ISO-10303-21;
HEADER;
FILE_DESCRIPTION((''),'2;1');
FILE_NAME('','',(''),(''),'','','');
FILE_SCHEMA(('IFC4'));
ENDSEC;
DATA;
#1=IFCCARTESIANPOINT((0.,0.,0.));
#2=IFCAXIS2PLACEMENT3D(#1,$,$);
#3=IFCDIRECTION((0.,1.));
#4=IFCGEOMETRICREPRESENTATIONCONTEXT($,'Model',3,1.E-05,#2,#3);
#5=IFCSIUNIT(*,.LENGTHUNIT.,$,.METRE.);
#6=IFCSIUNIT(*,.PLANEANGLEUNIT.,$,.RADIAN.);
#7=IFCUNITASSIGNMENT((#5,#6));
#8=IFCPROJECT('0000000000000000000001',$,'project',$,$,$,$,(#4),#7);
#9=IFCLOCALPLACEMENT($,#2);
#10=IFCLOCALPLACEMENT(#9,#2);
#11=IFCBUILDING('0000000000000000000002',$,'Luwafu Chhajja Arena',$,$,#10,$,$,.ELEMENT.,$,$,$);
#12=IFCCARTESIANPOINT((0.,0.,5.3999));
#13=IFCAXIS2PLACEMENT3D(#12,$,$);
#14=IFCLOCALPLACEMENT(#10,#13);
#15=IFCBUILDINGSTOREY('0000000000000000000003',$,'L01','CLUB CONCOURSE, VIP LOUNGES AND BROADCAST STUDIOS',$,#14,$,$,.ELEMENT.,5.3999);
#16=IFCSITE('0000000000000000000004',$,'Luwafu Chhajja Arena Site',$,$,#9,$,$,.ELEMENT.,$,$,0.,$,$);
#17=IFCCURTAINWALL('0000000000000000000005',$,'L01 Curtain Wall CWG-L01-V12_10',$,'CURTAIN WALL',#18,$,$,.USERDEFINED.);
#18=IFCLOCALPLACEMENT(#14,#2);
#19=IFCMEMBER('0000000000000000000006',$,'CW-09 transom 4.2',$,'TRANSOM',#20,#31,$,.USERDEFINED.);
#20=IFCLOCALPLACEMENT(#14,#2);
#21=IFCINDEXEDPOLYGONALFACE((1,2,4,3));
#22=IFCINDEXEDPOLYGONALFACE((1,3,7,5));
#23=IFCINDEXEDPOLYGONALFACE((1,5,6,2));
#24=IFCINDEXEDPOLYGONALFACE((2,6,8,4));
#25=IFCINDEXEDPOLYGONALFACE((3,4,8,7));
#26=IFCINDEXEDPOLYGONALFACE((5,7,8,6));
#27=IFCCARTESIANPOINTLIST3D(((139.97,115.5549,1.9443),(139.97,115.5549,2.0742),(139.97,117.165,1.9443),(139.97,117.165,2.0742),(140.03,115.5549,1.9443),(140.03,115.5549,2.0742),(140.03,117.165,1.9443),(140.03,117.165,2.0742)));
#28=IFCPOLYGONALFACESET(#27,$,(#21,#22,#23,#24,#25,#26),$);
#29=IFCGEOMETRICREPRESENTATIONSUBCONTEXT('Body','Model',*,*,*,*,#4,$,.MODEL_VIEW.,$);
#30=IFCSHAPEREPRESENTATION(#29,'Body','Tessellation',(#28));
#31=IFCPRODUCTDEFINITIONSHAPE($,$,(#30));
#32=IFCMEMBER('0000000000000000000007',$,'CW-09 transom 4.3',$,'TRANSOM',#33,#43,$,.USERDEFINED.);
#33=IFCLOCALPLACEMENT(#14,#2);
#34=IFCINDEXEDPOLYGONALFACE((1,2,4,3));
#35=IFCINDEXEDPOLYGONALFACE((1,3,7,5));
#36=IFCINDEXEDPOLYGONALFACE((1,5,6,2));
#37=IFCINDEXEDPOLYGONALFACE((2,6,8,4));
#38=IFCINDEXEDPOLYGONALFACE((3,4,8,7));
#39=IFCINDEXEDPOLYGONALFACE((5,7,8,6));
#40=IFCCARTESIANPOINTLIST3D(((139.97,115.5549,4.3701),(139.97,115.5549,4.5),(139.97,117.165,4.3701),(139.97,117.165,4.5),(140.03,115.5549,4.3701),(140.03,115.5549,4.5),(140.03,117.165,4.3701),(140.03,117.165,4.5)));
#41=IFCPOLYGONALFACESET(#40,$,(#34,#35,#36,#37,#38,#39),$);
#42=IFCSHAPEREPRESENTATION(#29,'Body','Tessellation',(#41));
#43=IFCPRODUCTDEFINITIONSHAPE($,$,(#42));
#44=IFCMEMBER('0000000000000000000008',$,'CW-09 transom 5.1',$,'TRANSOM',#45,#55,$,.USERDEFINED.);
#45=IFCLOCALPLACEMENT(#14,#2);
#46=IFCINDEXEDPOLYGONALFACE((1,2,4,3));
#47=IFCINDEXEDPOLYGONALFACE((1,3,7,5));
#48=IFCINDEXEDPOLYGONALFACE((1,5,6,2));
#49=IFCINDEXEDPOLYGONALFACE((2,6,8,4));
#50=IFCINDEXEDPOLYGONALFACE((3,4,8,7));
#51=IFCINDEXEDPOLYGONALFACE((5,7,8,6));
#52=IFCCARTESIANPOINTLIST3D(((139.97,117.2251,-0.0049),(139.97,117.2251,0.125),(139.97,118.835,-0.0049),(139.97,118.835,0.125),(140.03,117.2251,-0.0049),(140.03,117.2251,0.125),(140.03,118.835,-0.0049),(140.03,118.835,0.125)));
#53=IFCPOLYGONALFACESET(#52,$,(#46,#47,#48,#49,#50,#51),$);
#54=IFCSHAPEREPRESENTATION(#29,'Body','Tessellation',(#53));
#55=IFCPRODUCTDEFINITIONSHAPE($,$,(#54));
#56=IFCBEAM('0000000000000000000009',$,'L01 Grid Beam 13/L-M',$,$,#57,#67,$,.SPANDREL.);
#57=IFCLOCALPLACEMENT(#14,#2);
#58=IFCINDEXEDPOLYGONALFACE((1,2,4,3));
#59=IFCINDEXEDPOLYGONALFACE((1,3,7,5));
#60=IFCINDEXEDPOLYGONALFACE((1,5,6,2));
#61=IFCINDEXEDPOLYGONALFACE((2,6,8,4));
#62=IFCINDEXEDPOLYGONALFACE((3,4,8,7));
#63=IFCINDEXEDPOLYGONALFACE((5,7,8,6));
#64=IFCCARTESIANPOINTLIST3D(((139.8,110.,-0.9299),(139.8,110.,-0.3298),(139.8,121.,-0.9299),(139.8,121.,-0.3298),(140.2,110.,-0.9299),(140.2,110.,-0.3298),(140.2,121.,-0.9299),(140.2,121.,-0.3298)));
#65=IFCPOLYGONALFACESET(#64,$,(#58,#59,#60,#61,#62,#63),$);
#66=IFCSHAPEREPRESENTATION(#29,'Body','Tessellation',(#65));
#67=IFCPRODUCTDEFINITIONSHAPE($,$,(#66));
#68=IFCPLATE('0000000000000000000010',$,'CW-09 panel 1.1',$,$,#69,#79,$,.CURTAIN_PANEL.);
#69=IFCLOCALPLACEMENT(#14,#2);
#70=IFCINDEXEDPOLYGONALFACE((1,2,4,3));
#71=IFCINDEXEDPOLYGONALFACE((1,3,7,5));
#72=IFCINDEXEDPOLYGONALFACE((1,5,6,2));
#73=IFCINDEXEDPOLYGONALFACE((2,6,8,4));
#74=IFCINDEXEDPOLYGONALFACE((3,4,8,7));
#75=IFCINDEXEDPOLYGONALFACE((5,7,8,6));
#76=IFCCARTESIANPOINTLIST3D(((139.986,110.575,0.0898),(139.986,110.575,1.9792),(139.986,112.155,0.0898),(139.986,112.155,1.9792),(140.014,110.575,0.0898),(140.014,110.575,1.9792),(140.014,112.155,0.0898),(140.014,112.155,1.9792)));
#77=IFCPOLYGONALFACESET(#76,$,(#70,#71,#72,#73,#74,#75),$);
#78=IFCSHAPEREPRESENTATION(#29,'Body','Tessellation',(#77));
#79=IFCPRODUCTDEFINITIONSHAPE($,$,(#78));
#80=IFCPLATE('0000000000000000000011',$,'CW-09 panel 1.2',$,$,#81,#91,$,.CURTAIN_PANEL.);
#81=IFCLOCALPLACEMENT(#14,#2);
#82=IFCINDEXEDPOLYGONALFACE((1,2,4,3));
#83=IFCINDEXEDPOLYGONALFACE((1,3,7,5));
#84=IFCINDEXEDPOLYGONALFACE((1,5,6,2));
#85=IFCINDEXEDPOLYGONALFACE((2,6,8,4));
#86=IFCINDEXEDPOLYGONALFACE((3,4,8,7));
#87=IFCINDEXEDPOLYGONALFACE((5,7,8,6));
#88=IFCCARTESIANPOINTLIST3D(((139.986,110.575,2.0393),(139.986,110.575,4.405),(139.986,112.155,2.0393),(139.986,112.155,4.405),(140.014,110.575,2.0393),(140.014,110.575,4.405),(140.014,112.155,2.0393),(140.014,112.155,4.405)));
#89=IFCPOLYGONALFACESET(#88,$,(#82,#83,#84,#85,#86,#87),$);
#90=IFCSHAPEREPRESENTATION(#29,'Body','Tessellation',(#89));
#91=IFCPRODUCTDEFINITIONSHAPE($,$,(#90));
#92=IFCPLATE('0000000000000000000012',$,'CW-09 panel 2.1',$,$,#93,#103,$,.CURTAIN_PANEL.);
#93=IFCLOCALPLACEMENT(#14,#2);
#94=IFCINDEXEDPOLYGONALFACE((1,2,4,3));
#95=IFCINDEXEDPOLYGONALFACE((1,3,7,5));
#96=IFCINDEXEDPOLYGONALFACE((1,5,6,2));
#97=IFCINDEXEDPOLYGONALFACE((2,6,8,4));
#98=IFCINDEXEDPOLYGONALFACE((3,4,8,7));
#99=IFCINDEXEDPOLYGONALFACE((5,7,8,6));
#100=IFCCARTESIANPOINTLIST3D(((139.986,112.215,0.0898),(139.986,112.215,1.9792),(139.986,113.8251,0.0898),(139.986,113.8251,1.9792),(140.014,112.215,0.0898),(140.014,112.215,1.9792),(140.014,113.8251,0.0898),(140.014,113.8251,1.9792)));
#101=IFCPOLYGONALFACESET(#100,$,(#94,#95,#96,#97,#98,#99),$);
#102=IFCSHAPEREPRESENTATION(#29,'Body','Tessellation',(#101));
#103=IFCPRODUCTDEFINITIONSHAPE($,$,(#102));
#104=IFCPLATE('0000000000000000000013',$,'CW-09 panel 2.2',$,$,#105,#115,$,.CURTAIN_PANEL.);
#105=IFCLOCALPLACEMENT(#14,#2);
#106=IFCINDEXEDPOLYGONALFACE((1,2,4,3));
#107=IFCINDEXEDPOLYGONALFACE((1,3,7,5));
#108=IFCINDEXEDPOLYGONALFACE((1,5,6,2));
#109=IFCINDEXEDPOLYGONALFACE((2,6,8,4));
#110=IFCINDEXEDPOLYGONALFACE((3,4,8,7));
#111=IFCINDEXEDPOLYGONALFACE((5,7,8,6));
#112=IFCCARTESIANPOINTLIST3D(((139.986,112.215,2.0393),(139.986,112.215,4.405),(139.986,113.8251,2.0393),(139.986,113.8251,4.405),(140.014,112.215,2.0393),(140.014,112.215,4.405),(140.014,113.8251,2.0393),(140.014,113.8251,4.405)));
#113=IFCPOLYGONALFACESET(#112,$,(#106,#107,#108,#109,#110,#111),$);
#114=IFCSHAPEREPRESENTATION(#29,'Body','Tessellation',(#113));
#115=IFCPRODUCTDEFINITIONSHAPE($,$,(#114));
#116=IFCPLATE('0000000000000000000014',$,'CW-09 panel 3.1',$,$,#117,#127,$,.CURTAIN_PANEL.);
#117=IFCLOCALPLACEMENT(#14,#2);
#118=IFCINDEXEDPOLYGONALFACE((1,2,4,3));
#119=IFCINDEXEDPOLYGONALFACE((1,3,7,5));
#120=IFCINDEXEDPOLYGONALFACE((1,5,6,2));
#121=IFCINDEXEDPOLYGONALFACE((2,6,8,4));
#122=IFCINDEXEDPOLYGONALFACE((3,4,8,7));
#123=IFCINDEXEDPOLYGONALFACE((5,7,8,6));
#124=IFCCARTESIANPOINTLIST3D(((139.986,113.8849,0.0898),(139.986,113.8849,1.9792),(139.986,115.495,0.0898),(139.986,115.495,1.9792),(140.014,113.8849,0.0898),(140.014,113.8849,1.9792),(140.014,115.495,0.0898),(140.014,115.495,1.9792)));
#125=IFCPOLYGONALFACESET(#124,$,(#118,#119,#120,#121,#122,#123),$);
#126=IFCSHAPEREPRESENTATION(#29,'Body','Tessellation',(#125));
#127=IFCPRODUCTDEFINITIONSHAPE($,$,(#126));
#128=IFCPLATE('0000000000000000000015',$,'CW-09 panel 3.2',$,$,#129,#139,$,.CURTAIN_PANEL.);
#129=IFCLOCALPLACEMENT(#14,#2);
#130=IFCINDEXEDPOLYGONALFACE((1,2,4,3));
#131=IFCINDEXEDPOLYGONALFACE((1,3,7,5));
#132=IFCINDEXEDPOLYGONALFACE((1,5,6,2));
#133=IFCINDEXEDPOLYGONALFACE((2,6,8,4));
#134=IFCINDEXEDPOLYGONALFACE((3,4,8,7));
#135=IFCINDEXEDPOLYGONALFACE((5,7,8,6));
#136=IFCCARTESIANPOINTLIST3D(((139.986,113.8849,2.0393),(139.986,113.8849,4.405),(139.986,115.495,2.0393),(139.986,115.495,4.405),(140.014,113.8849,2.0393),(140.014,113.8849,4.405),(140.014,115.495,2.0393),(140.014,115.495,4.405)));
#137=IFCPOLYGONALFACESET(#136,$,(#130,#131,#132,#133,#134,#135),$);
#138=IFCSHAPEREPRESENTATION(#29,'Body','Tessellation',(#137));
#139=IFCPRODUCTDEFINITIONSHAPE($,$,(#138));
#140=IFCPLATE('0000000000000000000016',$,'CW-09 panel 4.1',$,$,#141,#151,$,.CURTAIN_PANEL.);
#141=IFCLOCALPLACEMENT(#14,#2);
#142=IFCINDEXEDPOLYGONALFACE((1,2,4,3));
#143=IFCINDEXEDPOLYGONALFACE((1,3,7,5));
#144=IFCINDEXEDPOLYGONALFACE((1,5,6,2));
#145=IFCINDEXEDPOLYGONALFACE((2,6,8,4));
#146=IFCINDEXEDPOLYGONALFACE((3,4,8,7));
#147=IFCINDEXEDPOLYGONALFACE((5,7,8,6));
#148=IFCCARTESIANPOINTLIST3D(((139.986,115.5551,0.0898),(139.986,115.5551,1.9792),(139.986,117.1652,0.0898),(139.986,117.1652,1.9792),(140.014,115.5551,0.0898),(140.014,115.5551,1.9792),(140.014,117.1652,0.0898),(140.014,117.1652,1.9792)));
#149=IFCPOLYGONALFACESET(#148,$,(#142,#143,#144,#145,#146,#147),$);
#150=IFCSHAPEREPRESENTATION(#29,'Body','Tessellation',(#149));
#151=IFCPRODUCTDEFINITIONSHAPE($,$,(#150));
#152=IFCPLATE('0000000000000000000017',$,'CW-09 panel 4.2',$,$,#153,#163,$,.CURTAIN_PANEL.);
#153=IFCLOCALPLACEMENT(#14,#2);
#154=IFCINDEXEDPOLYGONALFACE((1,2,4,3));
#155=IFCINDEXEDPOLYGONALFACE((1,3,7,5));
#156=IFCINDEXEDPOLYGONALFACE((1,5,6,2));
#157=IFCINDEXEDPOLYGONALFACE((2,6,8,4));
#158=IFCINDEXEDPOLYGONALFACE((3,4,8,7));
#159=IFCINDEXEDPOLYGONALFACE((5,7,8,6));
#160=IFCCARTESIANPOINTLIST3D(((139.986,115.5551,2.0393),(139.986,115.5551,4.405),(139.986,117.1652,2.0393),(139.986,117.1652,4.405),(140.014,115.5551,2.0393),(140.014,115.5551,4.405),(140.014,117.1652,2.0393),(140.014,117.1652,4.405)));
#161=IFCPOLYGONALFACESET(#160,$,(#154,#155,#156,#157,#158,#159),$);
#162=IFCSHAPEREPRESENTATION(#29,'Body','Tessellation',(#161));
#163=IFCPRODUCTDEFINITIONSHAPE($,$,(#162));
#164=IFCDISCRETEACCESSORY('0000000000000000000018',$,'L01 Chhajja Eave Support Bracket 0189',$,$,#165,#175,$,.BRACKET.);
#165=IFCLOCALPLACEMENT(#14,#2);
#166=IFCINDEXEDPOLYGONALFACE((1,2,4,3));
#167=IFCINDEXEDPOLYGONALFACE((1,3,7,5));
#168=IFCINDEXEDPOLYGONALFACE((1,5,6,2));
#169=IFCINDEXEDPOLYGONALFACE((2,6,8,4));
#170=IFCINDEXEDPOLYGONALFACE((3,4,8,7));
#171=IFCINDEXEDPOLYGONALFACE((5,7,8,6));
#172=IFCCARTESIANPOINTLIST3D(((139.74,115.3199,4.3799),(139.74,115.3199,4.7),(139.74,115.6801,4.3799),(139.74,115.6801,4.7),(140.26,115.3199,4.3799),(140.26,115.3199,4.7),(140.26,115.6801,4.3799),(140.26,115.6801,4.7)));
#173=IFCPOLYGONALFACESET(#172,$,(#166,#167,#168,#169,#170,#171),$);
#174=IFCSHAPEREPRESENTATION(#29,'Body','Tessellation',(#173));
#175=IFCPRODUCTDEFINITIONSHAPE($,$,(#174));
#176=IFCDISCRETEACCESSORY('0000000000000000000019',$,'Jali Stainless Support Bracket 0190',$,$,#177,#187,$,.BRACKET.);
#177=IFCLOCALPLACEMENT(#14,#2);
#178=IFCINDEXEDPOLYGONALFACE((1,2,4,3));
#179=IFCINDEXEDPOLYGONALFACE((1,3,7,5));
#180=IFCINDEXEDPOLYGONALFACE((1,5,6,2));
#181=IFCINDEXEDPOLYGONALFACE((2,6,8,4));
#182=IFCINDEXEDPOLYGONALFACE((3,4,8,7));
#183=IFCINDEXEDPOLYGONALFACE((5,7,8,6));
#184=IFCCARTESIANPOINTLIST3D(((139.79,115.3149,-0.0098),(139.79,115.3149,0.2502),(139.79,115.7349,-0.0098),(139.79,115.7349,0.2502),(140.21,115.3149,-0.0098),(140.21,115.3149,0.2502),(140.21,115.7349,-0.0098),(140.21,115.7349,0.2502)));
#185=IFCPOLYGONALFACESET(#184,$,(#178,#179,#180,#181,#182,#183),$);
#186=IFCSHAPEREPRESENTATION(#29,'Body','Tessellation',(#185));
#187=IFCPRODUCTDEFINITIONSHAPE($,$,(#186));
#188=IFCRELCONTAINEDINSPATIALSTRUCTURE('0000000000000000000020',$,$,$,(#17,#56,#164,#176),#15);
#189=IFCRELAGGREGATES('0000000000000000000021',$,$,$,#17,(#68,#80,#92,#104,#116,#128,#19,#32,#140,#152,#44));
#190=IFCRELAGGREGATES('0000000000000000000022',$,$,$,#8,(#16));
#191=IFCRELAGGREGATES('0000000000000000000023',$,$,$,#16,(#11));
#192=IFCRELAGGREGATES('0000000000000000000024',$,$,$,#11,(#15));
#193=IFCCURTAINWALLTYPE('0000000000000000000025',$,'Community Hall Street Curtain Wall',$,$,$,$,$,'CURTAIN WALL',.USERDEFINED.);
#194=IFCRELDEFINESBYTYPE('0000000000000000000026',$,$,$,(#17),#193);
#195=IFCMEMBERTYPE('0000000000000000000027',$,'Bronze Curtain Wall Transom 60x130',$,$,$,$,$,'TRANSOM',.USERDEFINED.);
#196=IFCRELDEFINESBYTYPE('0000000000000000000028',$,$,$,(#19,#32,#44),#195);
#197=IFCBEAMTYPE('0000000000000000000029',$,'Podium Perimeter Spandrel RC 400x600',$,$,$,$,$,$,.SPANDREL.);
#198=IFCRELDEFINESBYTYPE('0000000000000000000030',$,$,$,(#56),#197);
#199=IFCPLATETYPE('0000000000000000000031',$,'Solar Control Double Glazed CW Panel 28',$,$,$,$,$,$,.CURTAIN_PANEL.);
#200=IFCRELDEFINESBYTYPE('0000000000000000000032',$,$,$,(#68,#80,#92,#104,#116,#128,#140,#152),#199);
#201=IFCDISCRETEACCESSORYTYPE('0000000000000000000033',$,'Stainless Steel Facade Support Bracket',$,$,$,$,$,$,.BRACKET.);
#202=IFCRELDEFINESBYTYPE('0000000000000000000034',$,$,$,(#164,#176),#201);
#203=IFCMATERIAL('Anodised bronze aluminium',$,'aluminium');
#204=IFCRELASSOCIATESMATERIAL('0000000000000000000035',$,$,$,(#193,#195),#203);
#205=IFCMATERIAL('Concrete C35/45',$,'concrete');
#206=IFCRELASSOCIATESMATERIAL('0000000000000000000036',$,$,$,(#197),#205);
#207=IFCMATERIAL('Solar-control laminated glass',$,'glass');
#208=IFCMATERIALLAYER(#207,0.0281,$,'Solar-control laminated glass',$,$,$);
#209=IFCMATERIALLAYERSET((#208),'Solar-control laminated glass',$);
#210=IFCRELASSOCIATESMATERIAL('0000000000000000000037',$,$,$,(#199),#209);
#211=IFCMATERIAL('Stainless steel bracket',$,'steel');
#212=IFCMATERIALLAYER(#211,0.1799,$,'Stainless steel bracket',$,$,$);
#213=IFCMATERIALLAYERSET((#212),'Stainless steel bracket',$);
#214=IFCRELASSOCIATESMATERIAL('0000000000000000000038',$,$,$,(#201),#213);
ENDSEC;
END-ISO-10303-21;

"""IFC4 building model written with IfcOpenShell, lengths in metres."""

from ifc_helpers import new_model, si_unit, direction, frame, origin, origin_2d, place, context, subcontext, project, spatial, rectangle, extrude, material, layer, layer_set, material_profile, profile_set, type_object, element, aggregate, save


model = new_model("IFC4")

# Units and contexts
model_context = context("Model", 3, precision=1e-05, world=origin(), true_north=direction((0.0, 1.0)))
body_context = subcontext(model_context, "Body", "Model", "MODEL_VIEW")
ifc_project = project(units=[si_unit("LENGTHUNIT", "METRE"), si_unit("PLANEANGLEUNIT", "RADIAN")], contexts=[model_context])

# Site, building, storey
site_placement = place(None, origin())
site = spatial("IfcSite", under=ifc_project, at=site_placement, Name="Luwafu Chhajja Arena Site", CompositionType="ELEMENT", RefElevation=0.0)
building_placement = place(site_placement, origin())
building = spatial("IfcBuilding", under=site, at=building_placement, Name="Luwafu Chhajja Arena", CompositionType="ELEMENT")
storey_placement = place(building_placement, frame((0.0, 0.0, 5.3999)))
storey = spatial("IfcBuildingStorey", under=building, at=storey_placement, Name="L01", Description="CLUB CONCOURSE, VIP LOUNGES AND BROADCAST STUDIOS", CompositionType="ELEMENT", Elevation=5.3999)

# Curtain wall, members
ifc_material_1 = material(Name="Anodised bronze aluminium", Category="aluminium")
curtain_wall_type = type_object("IfcCurtainWallType", Name="Community Hall Street Curtain Wall", ElementType="CURTAIN WALL", PredefinedType="USERDEFINED", material=ifc_material_1)
curtain_wall_placement = place(storey_placement, origin())
curtain_wall = element("IfcCurtainWall", 1, at=curtain_wall_placement, inside=storey, type_object=curtain_wall_type, Name="L01 Curtain Wall CWG-L01-V12_10", ObjectType="CURTAIN WALL", PredefinedType="USERDEFINED")
ifc_material_profile_1 = material_profile(ifc_material_1, rectangle(XDim=0.0601, YDim=0.1299, at=origin_2d()), Name="CWT 60x130")
ifc_profile_set_1 = profile_set([ifc_material_profile_1], Name="Anodised bronze aluminium")
member_type_1 = type_object("IfcMemberType", Name="Bronze Curtain Wall Transom 60x130", ElementType="TRANSOM", PredefinedType="USERDEFINED", material=ifc_profile_set_1)
member_1_placement = place(storey_placement, frame((140.0, 115.5549, 2.0093), z_axis=(0.0, 1.0, 0.0), x_axis=(-1.0, 0.0, 0.0)))
member_1 = element("IfcMember", 2, at=member_1_placement, type_object=member_type_1, Name="CW-09 transom 4.2", ObjectType="TRANSOM", PredefinedType="USERDEFINED", context=body_context, shape_type="SweptSolid", body=[
    extrude(rectangle(XDim=0.0601, YDim=0.1299, at=origin_2d()), origin(), (0.0, 0.0, 1.0), 1.6101),
])
member_2_placement = place(storey_placement, frame((140.0, 115.5549, 4.4351), z_axis=(0.0, 1.0, 0.0), x_axis=(-1.0, 0.0, 0.0)))
member_2 = element("IfcMember", 3, at=member_2_placement, type_object=member_type_1, Name="CW-09 transom 4.3", ObjectType="TRANSOM", PredefinedType="USERDEFINED", context=body_context, shape_type="SweptSolid", body=[
    extrude(rectangle(XDim=0.0601, YDim=0.1299, at=origin_2d()), origin(), (0.0, 0.0, 1.0), 1.6101),
])
member_3_placement = place(storey_placement, frame((140.0, 117.2251, 0.0601), z_axis=(0.0, 1.0, 0.0), x_axis=(-1.0, 0.0, 0.0)))
member_3 = element("IfcMember", 4, at=member_3_placement, type_object=member_type_1, Name="CW-09 transom 5.1", ObjectType="TRANSOM", PredefinedType="USERDEFINED", context=body_context, shape_type="SweptSolid", body=[
    extrude(rectangle(XDim=0.0601, YDim=0.1299, at=origin_2d()), origin(), (0.0, 0.0, 1.0), 1.6099),
])

# Beam
ifc_material_2 = material(Name="Concrete C35/45", Category="concrete")
ifc_material_profile_2 = material_profile(ifc_material_2, rectangle(XDim=0.3999, YDim=0.6001, at=origin_2d()), Name="RC 400x600")
ifc_profile_set_2 = profile_set([ifc_material_profile_2], Name="Concrete C35/45")
beam_type = type_object("IfcBeamType", Name="Podium Perimeter Spandrel RC 400x600", PredefinedType="SPANDREL", material=ifc_profile_set_2)
beam_placement = place(storey_placement, frame((140.0, 110.0, -0.6299), z_axis=(0.0, 1.0, 0.0), x_axis=(-1.0, 0.0, 0.0)))
element("IfcBeam", 5, at=beam_placement, inside=storey, type_object=beam_type, Name="L01 Grid Beam 13/L-M", PredefinedType="SPANDREL", context=body_context, shape_type="SweptSolid", body=[
    extrude(rectangle(XDim=0.3999, YDim=0.6001, at=origin_2d()), origin(), (0.0, 0.0, 1.0), 11.0),
])

# Plates
ifc_material_3 = material(Name="Solar-control laminated glass", Category="glass")
ifc_layer_1 = layer(ifc_material_3, 0.0281, Name="Solar-control laminated glass")
ifc_layer_set_1 = layer_set([ifc_layer_1], Name="Solar-control laminated glass")
plate_type = type_object("IfcPlateType", Name="Solar Control Double Glazed CW Panel 28", PredefinedType="CURTAIN_PANEL", material=ifc_layer_set_1)
plate_1_placement = place(storey_placement, frame((140.0, 111.365, 0.0898), z_axis=(0.0, 0.0, 1.0), x_axis=(0.0, 1.0, 0.0)))
plate_1 = element("IfcPlate", 6, at=plate_1_placement, type_object=plate_type, Name="CW-09 panel 1.1", PredefinedType="CURTAIN_PANEL", context=body_context, shape_type="SweptSolid", body=[
    extrude(rectangle(XDim=1.5801, YDim=0.0281, at=origin_2d()), origin(), (0.0, 0.0, 1.0), 1.8894),
])
plate_2_placement = place(storey_placement, frame((140.0, 111.365, 2.0393), z_axis=(0.0, 0.0, 1.0), x_axis=(0.0, 1.0, 0.0)))
plate_2 = element("IfcPlate", 7, at=plate_2_placement, type_object=plate_type, Name="CW-09 panel 1.2", PredefinedType="CURTAIN_PANEL", context=body_context, shape_type="SweptSolid", body=[
    extrude(rectangle(XDim=1.5801, YDim=0.0281, at=origin_2d()), origin(), (0.0, 0.0, 1.0), 2.3657),
])
plate_3_placement = place(storey_placement, frame((140.0, 113.02, 0.0898), z_axis=(0.0, 0.0, 1.0), x_axis=(0.0, 1.0, 0.0)))
plate_3 = element("IfcPlate", 8, at=plate_3_placement, type_object=plate_type, Name="CW-09 panel 2.1", PredefinedType="CURTAIN_PANEL", context=body_context, shape_type="SweptSolid", body=[
    extrude(rectangle(XDim=1.6101, YDim=0.0281, at=origin_2d()), origin(), (0.0, 0.0, 1.0), 1.8894),
])
plate_4_placement = place(storey_placement, frame((140.0, 113.02, 2.0393), z_axis=(0.0, 0.0, 1.0), x_axis=(0.0, 1.0, 0.0)))
plate_4 = element("IfcPlate", 9, at=plate_4_placement, type_object=plate_type, Name="CW-09 panel 2.2", PredefinedType="CURTAIN_PANEL", context=body_context, shape_type="SweptSolid", body=[
    extrude(rectangle(XDim=1.6101, YDim=0.0281, at=origin_2d()), origin(), (0.0, 0.0, 1.0), 2.3657),
])
plate_5_placement = place(storey_placement, frame((140.0, 114.6899, 0.0898), z_axis=(0.0, 0.0, 1.0), x_axis=(0.0, 1.0, 0.0)))
plate_5 = element("IfcPlate", 10, at=plate_5_placement, type_object=plate_type, Name="CW-09 panel 3.1", PredefinedType="CURTAIN_PANEL", context=body_context, shape_type="SweptSolid", body=[
    extrude(rectangle(XDim=1.6101, YDim=0.0281, at=origin_2d()), origin(), (0.0, 0.0, 1.0), 1.8894),
])
plate_6_placement = place(storey_placement, frame((140.0, 114.6899, 2.0393), z_axis=(0.0, 0.0, 1.0), x_axis=(0.0, 1.0, 0.0)))
plate_6 = element("IfcPlate", 11, at=plate_6_placement, type_object=plate_type, Name="CW-09 panel 3.2", PredefinedType="CURTAIN_PANEL", context=body_context, shape_type="SweptSolid", body=[
    extrude(rectangle(XDim=1.6101, YDim=0.0281, at=origin_2d()), origin(), (0.0, 0.0, 1.0), 2.3657),
])
plate_7_placement = place(storey_placement, frame((140.0, 116.3601, 0.0898), z_axis=(0.0, 0.0, 1.0), x_axis=(0.0, 1.0, 0.0)))
plate_7 = element("IfcPlate", 12, at=plate_7_placement, type_object=plate_type, Name="CW-09 panel 4.1", PredefinedType="CURTAIN_PANEL", context=body_context, shape_type="SweptSolid", body=[
    extrude(rectangle(XDim=1.6101, YDim=0.0281, at=origin_2d()), origin(), (0.0, 0.0, 1.0), 1.8894),
])
plate_8_placement = place(storey_placement, frame((140.0, 116.3601, 2.0393), z_axis=(0.0, 0.0, 1.0), x_axis=(0.0, 1.0, 0.0)))
plate_8 = element("IfcPlate", 13, at=plate_8_placement, type_object=plate_type, Name="CW-09 panel 4.2", PredefinedType="CURTAIN_PANEL", context=body_context, shape_type="SweptSolid", body=[
    extrude(rectangle(XDim=1.6101, YDim=0.0281, at=origin_2d()), origin(), (0.0, 0.0, 1.0), 2.3657),
])
aggregate(curtain_wall, [plate_1, plate_2, plate_3, plate_4, plate_5, plate_6, member_1, member_2, plate_7, plate_8, member_3])

# Discrete accessories
ifc_material_4 = material(Name="Stainless steel bracket", Category="steel")
ifc_layer_2 = layer(ifc_material_4, 0.1799, Name="Stainless steel bracket")
ifc_layer_set_2 = layer_set([ifc_layer_2], Name="Stainless steel bracket")
discrete_accessory_type = type_object("IfcDiscreteAccessoryType", Name="Stainless Steel Facade Support Bracket", PredefinedType="BRACKET", material=ifc_layer_set_2)
discrete_accessory_1_placement = place(storey_placement, frame((140.0, 115.5, 4.3799), z_axis=(0.0, 0.0, 1.0), x_axis=(0.0, 1.0, 0.0)))
element("IfcDiscreteAccessory", 14, at=discrete_accessory_1_placement, inside=storey, type_object=discrete_accessory_type, Name="L01 Chhajja Eave Support Bracket 0189", PredefinedType="BRACKET", context=body_context, shape_type="SweptSolid", body=[
    extrude(rectangle(XDim=0.3601, YDim=0.52, at=origin_2d()), origin(), (0.0, 0.0, 1.0), 0.3201),
])
discrete_accessory_2_placement = place(storey_placement, frame((140.0, 115.5249, -0.0098), z_axis=(0.0, 0.0, 1.0), x_axis=(0.0, 1.0, 0.0)))
element("IfcDiscreteAccessory", 15, at=discrete_accessory_2_placement, inside=storey, type_object=discrete_accessory_type, Name="Jali Stainless Support Bracket 0190", PredefinedType="BRACKET", context=body_context, shape_type="SweptSolid", body=[
    extrude(rectangle(XDim=0.4199, YDim=0.4199, at=origin_2d()), origin(), (0.0, 0.0, 1.0), 0.26),
])

save(model, "model.ifc")
